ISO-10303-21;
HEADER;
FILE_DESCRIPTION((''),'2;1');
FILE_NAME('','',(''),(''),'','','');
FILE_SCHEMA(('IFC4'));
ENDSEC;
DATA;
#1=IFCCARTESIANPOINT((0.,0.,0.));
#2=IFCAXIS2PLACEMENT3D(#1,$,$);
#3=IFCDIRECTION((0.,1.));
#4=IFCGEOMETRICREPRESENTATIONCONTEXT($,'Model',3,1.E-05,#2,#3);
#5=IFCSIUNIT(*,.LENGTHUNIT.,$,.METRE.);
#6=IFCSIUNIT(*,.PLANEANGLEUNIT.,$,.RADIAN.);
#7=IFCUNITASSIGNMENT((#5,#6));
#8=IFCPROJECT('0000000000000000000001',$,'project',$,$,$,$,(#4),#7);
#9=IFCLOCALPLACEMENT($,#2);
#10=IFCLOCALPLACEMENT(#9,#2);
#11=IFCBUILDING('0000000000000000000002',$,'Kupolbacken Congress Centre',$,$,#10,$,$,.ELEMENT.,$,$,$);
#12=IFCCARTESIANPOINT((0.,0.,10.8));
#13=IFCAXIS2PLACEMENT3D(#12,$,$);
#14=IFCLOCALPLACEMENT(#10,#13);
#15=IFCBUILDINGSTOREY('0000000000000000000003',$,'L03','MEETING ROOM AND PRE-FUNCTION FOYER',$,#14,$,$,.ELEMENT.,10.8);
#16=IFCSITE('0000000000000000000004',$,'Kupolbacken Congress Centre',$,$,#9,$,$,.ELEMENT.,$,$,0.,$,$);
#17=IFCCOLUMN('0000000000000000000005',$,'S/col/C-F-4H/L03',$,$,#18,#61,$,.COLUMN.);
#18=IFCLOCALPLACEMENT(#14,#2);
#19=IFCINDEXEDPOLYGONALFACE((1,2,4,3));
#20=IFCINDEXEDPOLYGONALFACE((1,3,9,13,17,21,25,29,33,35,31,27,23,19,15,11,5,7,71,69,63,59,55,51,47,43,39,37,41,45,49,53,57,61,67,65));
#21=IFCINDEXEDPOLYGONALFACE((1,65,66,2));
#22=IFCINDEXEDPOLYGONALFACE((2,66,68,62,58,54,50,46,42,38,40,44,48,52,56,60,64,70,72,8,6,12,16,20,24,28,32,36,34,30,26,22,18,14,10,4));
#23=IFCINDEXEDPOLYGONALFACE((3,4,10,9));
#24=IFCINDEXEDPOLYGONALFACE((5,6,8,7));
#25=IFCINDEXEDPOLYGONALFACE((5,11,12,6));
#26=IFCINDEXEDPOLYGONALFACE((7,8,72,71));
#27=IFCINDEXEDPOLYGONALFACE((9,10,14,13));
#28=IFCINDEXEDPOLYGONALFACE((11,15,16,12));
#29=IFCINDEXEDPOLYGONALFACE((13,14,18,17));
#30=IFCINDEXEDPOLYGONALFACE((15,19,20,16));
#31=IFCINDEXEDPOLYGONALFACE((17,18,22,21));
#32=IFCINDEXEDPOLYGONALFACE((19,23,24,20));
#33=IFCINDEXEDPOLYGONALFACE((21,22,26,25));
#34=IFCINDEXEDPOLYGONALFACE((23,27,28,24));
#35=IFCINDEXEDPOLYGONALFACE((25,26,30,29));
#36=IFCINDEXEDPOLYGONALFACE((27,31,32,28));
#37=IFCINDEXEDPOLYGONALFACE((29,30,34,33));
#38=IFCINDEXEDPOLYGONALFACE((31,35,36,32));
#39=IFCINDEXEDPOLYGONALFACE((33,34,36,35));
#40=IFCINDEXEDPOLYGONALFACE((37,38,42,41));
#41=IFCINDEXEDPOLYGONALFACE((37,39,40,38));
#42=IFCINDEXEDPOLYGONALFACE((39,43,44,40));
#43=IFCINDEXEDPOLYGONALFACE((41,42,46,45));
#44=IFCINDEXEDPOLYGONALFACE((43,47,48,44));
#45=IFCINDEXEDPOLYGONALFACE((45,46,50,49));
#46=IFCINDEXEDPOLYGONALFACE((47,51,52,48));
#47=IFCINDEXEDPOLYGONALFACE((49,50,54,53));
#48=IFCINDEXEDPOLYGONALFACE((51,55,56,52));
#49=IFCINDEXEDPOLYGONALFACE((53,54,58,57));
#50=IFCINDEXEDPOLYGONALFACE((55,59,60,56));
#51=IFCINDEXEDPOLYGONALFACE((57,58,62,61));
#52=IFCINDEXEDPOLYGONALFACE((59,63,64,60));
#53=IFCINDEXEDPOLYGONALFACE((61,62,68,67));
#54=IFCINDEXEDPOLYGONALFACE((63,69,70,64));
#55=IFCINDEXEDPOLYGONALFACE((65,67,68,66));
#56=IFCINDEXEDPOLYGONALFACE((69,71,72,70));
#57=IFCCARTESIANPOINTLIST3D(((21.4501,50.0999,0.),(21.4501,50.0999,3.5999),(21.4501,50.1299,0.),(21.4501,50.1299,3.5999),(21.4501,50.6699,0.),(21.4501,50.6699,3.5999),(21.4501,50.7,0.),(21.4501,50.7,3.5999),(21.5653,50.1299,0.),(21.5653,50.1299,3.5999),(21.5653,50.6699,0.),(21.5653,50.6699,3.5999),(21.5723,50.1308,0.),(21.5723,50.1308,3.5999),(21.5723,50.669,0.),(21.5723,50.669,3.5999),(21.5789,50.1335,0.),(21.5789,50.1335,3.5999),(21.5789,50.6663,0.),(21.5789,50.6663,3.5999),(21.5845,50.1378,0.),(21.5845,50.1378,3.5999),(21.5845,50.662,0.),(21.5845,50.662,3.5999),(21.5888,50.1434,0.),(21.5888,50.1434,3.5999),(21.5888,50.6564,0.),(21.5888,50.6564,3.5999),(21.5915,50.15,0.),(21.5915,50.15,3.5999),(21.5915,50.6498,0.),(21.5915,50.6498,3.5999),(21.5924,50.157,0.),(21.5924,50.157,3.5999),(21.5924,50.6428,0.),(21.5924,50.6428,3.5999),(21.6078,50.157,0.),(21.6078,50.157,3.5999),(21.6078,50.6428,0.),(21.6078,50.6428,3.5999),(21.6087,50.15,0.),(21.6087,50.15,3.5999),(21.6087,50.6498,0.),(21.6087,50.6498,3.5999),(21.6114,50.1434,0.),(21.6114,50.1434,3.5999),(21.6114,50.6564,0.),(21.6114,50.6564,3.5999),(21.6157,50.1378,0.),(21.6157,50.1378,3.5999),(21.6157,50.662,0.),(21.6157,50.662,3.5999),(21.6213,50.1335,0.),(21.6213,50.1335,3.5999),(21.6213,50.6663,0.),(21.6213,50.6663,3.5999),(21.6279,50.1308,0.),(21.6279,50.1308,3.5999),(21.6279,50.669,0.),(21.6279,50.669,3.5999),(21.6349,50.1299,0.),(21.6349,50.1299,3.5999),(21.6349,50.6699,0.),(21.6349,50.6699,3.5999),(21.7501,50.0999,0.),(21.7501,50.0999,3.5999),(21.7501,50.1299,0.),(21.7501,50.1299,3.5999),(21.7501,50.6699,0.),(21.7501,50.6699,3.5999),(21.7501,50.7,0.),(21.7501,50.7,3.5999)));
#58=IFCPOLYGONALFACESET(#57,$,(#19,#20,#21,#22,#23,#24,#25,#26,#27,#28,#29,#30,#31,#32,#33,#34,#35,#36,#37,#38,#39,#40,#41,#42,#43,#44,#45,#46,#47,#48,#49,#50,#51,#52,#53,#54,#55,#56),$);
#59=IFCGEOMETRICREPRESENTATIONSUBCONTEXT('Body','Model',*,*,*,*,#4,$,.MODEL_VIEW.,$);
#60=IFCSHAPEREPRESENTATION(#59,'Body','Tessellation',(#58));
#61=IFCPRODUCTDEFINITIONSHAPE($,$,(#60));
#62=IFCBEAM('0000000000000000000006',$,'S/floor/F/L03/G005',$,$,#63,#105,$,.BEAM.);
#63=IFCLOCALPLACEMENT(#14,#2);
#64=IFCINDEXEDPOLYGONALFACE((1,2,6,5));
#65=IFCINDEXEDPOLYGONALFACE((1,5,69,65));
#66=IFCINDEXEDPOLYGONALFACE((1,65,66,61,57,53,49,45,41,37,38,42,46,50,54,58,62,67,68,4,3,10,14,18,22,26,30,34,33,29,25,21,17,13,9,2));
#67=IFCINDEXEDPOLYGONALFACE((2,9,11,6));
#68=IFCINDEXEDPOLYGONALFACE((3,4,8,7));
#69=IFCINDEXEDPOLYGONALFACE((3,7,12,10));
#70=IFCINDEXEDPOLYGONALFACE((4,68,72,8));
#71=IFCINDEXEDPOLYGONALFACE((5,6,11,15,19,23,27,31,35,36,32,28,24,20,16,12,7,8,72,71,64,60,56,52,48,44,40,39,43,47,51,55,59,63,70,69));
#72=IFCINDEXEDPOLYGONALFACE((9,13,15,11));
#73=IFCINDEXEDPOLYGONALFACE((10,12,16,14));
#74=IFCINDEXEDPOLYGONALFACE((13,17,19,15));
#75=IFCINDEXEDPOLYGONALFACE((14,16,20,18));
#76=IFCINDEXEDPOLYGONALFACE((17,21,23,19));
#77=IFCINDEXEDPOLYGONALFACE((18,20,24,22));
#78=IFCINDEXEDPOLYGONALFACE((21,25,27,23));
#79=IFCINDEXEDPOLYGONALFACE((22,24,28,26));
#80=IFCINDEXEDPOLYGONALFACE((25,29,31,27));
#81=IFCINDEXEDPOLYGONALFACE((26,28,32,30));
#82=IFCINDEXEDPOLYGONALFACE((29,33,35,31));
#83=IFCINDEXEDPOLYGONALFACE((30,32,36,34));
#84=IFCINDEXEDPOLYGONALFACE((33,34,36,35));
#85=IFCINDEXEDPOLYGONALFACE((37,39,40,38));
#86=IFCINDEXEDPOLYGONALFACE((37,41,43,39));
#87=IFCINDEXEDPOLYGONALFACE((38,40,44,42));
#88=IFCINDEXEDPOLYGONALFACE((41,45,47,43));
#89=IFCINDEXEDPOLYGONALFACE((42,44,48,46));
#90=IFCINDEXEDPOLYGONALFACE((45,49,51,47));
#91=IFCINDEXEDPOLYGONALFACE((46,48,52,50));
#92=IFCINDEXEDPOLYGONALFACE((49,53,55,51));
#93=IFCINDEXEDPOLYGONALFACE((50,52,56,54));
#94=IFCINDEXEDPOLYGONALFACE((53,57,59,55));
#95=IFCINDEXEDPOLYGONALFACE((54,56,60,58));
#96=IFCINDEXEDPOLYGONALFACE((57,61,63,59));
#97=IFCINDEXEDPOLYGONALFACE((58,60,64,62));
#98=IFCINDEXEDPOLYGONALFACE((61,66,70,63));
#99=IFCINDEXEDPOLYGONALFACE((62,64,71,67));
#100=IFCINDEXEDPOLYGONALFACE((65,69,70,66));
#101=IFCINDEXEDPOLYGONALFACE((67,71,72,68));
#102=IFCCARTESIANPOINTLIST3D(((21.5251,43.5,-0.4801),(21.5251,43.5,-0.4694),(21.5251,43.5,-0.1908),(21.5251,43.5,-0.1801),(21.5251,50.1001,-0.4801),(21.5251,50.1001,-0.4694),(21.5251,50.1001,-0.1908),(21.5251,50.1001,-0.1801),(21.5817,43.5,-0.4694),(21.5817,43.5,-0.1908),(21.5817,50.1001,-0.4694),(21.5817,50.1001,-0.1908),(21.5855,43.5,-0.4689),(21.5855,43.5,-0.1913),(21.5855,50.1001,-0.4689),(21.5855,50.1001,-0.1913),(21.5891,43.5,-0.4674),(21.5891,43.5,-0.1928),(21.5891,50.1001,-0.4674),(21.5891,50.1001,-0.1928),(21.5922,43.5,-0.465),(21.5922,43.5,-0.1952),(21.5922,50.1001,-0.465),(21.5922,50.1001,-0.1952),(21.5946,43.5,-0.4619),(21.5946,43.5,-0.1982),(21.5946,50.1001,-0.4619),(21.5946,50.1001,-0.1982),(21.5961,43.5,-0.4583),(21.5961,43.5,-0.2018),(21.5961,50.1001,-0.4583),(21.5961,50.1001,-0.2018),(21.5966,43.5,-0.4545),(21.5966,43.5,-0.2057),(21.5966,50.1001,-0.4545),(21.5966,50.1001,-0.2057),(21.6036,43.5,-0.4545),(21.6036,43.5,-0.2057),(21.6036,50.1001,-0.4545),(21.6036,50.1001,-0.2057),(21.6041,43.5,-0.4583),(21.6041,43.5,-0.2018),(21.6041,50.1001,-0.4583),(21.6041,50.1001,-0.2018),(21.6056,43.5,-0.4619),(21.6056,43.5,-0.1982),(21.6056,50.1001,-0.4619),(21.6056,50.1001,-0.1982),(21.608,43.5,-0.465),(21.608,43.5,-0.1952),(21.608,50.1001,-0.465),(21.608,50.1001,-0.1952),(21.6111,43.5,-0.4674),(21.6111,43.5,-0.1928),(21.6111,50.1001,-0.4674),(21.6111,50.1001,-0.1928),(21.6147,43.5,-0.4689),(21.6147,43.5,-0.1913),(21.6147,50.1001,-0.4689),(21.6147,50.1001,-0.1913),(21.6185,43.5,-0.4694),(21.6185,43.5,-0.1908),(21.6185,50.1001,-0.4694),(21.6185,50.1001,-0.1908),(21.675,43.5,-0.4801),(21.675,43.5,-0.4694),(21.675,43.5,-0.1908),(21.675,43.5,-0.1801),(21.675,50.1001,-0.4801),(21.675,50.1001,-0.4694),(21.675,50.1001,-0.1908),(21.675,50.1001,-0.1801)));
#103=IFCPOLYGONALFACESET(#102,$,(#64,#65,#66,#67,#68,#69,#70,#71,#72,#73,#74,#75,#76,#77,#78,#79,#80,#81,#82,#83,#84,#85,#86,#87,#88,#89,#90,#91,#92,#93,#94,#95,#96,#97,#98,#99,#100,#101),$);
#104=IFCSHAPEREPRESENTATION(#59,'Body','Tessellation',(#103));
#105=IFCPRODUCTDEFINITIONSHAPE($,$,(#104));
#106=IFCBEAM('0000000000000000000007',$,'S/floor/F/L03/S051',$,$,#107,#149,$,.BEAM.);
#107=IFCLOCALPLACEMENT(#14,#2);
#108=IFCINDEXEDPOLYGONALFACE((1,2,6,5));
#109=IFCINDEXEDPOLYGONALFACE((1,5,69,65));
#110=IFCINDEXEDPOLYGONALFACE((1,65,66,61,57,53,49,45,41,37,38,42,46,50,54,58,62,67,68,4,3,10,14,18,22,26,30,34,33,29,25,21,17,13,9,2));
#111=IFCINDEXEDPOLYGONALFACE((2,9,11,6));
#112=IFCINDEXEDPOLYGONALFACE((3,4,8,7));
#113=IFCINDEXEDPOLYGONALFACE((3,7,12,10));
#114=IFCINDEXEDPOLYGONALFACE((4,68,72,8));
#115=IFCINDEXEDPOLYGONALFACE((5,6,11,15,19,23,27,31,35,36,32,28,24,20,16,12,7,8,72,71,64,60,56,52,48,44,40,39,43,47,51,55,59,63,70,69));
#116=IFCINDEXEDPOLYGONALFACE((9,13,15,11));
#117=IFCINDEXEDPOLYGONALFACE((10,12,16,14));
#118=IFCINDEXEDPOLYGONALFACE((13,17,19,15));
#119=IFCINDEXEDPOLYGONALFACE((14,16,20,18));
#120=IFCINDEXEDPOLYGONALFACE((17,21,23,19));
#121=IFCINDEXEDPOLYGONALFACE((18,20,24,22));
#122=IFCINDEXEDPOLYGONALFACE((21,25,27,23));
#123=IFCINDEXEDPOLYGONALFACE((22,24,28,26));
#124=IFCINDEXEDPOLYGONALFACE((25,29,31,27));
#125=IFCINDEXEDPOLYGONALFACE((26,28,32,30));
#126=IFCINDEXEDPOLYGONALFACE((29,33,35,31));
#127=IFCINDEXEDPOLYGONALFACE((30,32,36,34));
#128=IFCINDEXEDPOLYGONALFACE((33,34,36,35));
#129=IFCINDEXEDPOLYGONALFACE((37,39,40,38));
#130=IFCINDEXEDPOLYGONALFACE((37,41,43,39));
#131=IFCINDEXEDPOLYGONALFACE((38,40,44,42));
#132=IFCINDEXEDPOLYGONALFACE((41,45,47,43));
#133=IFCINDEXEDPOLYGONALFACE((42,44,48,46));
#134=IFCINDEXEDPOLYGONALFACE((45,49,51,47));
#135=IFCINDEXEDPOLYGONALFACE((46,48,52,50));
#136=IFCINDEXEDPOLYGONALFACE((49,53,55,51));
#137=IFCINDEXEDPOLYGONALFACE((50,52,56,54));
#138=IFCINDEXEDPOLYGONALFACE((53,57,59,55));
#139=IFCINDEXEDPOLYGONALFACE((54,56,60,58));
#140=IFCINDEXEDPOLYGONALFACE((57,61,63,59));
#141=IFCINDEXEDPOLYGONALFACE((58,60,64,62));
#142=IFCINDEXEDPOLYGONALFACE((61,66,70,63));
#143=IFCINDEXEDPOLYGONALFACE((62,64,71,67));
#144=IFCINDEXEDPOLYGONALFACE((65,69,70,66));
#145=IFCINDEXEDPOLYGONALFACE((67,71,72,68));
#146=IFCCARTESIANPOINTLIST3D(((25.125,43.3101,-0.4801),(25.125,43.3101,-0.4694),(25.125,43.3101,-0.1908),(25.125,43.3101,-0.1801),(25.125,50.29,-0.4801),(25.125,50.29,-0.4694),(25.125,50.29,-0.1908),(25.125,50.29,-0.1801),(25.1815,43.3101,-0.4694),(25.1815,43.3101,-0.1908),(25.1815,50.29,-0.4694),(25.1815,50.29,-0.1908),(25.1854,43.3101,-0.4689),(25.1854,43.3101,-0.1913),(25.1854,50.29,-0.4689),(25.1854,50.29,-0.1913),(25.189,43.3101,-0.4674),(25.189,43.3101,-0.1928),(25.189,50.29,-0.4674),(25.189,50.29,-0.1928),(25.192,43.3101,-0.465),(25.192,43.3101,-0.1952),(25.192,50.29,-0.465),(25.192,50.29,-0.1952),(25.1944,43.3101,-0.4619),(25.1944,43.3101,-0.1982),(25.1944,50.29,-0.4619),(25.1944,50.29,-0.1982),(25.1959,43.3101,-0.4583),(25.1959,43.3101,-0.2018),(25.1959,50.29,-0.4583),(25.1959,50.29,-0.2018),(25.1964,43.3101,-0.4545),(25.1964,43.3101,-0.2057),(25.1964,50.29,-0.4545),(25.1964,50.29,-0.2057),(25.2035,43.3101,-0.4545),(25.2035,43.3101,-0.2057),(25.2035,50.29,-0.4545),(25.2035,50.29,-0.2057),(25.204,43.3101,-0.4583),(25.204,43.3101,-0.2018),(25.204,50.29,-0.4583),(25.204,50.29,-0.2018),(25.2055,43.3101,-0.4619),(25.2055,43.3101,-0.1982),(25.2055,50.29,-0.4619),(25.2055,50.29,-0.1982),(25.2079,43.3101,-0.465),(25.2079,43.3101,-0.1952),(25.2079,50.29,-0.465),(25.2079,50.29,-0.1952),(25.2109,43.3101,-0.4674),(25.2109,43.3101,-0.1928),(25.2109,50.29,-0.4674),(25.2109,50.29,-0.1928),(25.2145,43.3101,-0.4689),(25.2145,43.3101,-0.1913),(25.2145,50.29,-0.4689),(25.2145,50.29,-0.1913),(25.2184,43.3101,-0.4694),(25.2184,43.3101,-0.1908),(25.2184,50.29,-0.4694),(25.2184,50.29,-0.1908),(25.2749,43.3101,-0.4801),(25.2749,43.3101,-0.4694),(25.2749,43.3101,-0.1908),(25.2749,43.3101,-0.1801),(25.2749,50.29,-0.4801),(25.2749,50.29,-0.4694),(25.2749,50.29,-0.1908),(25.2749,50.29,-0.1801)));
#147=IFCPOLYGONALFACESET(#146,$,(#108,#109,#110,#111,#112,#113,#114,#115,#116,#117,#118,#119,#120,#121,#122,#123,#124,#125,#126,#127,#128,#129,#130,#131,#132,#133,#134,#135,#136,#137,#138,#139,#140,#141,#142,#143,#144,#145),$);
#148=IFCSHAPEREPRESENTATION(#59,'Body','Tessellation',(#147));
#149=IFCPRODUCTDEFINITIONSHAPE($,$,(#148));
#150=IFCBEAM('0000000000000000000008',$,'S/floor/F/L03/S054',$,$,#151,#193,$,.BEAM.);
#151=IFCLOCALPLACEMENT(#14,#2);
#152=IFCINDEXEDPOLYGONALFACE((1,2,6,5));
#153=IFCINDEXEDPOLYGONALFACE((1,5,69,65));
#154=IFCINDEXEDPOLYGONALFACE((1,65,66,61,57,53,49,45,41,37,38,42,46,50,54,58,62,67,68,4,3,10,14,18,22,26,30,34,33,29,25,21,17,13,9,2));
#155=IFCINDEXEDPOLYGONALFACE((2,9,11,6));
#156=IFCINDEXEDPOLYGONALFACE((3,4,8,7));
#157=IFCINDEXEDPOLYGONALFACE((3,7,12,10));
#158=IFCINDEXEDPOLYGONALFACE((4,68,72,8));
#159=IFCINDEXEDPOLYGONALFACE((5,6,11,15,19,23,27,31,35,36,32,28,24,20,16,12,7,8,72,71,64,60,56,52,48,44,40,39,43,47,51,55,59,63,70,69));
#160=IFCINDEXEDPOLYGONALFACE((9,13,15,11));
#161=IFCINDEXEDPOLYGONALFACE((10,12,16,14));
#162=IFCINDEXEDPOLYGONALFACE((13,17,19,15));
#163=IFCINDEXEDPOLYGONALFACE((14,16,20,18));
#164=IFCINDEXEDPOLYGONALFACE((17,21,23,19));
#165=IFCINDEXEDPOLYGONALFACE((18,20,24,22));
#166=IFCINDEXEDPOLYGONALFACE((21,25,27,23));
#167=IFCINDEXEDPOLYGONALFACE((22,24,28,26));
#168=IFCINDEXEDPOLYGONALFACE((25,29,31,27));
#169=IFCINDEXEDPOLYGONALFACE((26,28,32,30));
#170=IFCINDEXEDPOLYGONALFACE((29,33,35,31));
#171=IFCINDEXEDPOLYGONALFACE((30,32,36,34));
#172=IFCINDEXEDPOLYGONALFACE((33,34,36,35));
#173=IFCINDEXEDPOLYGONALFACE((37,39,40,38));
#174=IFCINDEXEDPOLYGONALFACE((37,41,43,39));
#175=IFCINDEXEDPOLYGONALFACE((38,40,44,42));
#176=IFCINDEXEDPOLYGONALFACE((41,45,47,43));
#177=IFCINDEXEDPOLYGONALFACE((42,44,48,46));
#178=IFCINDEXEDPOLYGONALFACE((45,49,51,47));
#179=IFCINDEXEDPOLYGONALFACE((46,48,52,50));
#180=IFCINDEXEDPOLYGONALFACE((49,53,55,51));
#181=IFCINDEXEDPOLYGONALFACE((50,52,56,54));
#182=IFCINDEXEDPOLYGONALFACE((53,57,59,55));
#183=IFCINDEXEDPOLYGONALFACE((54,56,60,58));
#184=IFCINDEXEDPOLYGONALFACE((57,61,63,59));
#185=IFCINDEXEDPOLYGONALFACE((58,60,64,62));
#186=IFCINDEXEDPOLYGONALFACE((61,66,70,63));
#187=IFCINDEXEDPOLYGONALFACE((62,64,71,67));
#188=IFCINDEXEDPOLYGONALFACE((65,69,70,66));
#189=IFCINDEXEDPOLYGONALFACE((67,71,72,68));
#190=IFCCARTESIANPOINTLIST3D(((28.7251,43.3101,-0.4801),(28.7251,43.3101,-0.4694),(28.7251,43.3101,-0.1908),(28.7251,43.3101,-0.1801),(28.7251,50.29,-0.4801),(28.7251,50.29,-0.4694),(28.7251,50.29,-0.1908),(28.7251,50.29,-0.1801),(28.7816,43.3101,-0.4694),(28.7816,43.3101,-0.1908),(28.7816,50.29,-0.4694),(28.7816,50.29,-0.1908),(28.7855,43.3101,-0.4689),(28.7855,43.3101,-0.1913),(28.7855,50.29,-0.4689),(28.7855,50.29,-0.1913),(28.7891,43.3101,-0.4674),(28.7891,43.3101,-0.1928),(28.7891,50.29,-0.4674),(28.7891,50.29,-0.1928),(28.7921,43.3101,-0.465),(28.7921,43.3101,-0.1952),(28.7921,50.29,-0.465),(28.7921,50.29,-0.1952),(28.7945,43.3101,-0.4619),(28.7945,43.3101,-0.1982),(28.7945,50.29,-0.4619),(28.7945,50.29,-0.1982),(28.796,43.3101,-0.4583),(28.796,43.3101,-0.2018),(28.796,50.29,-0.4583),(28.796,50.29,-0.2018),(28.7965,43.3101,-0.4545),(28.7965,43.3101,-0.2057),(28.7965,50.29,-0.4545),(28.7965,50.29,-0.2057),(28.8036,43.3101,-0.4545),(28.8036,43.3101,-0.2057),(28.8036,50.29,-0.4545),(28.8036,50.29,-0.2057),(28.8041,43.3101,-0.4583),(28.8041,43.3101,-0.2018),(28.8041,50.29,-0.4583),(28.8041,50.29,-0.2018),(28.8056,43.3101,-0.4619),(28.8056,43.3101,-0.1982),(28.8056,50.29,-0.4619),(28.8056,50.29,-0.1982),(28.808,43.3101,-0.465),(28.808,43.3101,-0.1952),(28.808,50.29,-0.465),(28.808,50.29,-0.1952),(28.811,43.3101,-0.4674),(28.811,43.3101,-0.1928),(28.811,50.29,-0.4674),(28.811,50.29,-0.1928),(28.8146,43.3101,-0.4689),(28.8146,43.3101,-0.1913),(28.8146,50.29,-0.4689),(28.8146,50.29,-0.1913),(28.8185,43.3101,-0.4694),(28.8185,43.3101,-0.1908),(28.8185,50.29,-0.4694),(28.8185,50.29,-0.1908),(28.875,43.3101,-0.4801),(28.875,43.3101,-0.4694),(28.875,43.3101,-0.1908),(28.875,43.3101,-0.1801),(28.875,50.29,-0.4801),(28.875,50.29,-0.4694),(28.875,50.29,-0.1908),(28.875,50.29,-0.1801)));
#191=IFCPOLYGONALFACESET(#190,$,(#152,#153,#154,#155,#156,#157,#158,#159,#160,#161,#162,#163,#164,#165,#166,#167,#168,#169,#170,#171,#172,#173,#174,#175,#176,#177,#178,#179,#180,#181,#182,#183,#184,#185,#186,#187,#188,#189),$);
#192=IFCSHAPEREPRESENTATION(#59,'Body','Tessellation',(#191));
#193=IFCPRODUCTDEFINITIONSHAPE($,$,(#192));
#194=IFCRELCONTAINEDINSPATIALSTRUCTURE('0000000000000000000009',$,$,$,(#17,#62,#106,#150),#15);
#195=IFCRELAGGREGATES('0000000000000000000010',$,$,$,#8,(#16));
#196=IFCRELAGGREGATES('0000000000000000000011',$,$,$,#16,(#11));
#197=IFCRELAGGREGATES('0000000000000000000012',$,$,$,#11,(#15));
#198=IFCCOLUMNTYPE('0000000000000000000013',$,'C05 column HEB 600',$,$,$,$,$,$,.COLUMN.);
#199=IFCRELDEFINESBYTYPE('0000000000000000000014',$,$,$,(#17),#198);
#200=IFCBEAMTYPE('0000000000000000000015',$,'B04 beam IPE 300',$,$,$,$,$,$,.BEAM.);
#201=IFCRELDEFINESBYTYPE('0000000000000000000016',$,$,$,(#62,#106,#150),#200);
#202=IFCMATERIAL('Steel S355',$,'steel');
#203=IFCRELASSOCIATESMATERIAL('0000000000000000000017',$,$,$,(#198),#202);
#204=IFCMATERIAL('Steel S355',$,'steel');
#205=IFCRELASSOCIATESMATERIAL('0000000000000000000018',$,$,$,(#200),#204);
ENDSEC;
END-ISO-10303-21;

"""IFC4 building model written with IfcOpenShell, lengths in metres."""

from ifc_helpers import new_model, si_unit, direction, frame, origin, origin_2d, place, context, subcontext, project, spatial, i_section, extrude, material, material_profile, profile_set, type_object, element, save


model = new_model("IFC4")

# Units and contexts
model_context = context("Model", 3, precision=1e-05, world=origin(), true_north=direction((0.0, 1.0)))
body_context = subcontext(model_context, "Body", "Model", "MODEL_VIEW")
ifc_project = project(units=[si_unit("LENGTHUNIT", "METRE"), si_unit("PLANEANGLEUNIT", "RADIAN")], contexts=[model_context])

# Site, building, storey
site_placement = place(None, origin())
site = spatial("IfcSite", under=ifc_project, at=site_placement, Name="Kupolbacken Congress Centre", CompositionType="ELEMENT", RefElevation=0.0)
building_placement = place(site_placement, origin())
building = spatial("IfcBuilding", under=site, at=building_placement, Name="Kupolbacken Congress Centre", CompositionType="ELEMENT")
storey_placement = place(building_placement, frame((0.0, 0.0, 10.8)))
storey = spatial("IfcBuildingStorey", under=building, at=storey_placement, Name="L03", Description="MEETING ROOM AND PRE-FUNCTION FOYER", CompositionType="ELEMENT", Elevation=10.8)

# Column
ifc_material_1 = material(Name="Steel S355", Category="steel")
ifc_material_profile_1 = material_profile(ifc_material_1, i_section(OverallWidth=0.3, OverallDepth=0.6001, WebThickness=0.0154, FlangeThickness=0.03, FilletRadius=0.0271, at=origin_2d()), Name="HEB 600")
ifc_profile_set_1 = profile_set([ifc_material_profile_1], Name="Steel S355")
column_type = type_object("IfcColumnType", Name="C05 column HEB 600", PredefinedType="COLUMN", material=ifc_profile_set_1)
column_placement = place(storey_placement, frame((21.6001, 50.3999, 0.0), z_axis=(0.0, 0.0, 1.0), x_axis=(1.0, 0.0, 0.0)))
element("IfcColumn", 1, at=column_placement, inside=storey, type_object=column_type, Name="S/col/C-F-4H/L03", PredefinedType="COLUMN", context=body_context, shape_type="SweptSolid", body=[
    extrude(i_section(OverallWidth=0.3, OverallDepth=0.6001, WebThickness=0.0154, FlangeThickness=0.03, FilletRadius=0.0271, at=origin_2d()), origin(), (0.0, 0.0, 1.0), 3.5999),
])

# Beams
ifc_material_2 = material(Name="Steel S355", Category="steel")
ifc_material_profile_2 = material_profile(ifc_material_2, i_section(OverallWidth=0.1499, OverallDepth=0.3, WebThickness=0.0071, FlangeThickness=0.0107, FilletRadius=0.0149, at=origin_2d()), Name="IPE 300")
ifc_profile_set_2 = profile_set([ifc_material_profile_2], Name="Steel S355")
beam_type_1 = type_object("IfcBeamType", Name="B04 beam IPE 300", PredefinedType="BEAM", material=ifc_profile_set_2)
beam_1_placement = place(storey_placement, frame((21.6001, 43.5, -0.3301), z_axis=(0.0, 1.0, 0.0), x_axis=(-1.0, 0.0, 0.0)))
element("IfcBeam", 2, at=beam_1_placement, inside=storey, type_object=beam_type_1, Name="S/floor/F/L03/G005", PredefinedType="BEAM", context=body_context, shape_type="SweptSolid", body=[
    extrude(i_section(OverallWidth=0.1499, OverallDepth=0.3, WebThickness=0.0071, FlangeThickness=0.0107, FilletRadius=0.0149, at=origin_2d()), origin(), (0.0, 0.0, 1.0), 6.6001),
])
for number, where, z_axis, x_axis, name in (
    (3, (25.2, 43.3101, -0.3301), (0.0, 1.0, 0.0), (-1.0, 0.0, 0.0), "S/floor/F/L03/S051"),
    (4, (28.8, 43.3101, -0.3301), (0.0, 1.0, 0.0), (-1.0, 0.0, 0.0), "S/floor/F/L03/S054"),
):
    element("IfcBeam", number, at=place(storey_placement, frame(where, z_axis=z_axis, x_axis=x_axis)), inside=storey, type_object=beam_type_1, Name=name, PredefinedType="BEAM", context=body_context, shape_type="SweptSolid", body=[
        extrude(i_section(OverallWidth=0.1499, OverallDepth=0.3, WebThickness=0.0071, FlangeThickness=0.0107, FilletRadius=0.0149, at=origin_2d()), origin(), (0.0, 0.0, 1.0), 6.98),
    ])

save(model, "model.ifc")
